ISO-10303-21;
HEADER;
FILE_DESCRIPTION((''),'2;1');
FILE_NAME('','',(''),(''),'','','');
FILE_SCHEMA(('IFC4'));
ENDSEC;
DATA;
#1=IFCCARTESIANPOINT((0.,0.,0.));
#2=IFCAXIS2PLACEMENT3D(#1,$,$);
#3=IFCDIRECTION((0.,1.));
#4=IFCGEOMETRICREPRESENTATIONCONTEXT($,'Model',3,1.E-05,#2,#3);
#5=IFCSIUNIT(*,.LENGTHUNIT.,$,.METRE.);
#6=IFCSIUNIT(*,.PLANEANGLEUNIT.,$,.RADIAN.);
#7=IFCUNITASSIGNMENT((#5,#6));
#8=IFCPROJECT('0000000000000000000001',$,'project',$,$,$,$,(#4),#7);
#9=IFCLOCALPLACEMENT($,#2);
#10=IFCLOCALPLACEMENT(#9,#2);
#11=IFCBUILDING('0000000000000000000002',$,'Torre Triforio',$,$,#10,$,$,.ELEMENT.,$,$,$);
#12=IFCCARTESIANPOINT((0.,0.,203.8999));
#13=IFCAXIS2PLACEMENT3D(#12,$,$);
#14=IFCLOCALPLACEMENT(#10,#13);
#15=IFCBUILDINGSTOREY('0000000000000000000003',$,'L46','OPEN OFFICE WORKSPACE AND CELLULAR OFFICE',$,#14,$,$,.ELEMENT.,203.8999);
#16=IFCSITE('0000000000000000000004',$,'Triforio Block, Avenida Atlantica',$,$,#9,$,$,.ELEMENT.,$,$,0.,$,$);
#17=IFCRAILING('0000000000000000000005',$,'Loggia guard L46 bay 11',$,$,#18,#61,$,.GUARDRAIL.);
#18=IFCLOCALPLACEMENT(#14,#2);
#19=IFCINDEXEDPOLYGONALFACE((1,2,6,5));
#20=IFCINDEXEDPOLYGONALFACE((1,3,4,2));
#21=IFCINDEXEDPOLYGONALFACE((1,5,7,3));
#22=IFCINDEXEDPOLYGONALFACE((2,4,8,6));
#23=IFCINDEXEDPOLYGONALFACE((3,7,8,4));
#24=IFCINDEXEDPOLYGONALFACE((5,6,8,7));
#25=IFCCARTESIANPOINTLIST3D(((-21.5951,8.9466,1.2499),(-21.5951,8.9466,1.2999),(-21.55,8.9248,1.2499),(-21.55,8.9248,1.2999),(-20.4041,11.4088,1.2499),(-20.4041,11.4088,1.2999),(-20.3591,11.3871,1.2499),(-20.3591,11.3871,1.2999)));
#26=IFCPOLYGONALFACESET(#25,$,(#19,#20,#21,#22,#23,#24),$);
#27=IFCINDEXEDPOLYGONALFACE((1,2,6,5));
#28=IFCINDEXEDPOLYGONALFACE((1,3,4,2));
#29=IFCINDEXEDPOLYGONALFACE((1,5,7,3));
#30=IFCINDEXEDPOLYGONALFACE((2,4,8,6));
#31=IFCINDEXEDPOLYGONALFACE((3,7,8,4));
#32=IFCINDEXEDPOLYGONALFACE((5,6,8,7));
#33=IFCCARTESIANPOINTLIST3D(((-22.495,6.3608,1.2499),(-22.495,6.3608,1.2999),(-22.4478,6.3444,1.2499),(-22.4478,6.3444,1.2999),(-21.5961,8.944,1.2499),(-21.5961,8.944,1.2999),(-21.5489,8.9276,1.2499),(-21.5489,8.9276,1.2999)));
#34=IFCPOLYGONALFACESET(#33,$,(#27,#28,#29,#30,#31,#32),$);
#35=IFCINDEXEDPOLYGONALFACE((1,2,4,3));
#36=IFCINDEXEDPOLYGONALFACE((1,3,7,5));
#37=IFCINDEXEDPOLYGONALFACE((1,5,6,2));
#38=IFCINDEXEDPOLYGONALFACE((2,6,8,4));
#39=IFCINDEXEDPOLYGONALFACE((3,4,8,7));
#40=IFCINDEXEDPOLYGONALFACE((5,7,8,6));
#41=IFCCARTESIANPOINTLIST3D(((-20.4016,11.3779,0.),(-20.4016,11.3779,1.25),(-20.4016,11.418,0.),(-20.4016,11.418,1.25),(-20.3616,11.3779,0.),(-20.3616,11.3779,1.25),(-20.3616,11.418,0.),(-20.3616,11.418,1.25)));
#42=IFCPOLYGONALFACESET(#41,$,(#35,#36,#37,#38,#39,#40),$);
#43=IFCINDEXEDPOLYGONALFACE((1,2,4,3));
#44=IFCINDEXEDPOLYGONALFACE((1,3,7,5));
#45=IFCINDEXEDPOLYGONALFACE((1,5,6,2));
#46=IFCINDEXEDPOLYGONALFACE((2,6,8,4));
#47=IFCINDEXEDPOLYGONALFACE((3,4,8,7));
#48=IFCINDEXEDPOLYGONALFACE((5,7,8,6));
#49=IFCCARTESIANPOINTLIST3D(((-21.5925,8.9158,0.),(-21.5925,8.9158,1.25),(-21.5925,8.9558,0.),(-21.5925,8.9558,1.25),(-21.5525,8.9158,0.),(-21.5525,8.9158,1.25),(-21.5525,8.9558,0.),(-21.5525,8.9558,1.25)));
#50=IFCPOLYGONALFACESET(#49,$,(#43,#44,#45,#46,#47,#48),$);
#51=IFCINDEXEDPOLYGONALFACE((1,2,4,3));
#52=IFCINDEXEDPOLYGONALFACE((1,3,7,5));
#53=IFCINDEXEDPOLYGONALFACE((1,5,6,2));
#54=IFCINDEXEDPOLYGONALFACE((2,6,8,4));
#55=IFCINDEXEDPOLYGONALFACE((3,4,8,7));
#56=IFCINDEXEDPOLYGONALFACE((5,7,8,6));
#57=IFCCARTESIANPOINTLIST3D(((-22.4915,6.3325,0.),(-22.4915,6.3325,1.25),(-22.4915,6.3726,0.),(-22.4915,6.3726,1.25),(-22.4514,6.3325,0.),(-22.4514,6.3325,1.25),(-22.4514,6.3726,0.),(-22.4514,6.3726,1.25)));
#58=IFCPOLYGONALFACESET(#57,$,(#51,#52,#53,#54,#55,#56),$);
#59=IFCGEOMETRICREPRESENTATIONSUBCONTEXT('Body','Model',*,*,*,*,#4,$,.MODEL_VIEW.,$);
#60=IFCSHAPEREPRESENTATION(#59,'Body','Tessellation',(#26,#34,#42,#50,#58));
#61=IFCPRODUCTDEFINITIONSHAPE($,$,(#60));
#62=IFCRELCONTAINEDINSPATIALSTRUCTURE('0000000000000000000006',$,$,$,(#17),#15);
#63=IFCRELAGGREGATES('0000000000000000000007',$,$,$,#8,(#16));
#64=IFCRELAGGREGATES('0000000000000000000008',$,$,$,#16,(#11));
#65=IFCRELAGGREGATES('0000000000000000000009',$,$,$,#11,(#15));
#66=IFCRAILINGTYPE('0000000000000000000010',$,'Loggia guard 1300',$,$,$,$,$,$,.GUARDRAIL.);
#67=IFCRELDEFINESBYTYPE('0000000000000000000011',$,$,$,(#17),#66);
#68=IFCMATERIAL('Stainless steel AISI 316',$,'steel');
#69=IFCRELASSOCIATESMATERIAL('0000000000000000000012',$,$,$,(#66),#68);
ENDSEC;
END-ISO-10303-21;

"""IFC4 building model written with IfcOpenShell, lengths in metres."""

from ifc_helpers import new_model, si_unit, direction, frame, origin, origin_2d, place, context, subcontext, project, spatial, rectangle, extrude, material, type_object, element, save


model = new_model("IFC4")

# Units and contexts
model_context = context("Model", 3, precision=1e-05, world=origin(), true_north=direction((0.0, 1.0)))
body_context = subcontext(model_context, "Body", "Model", "MODEL_VIEW")
ifc_project = project(units=[si_unit("LENGTHUNIT", "METRE"), si_unit("PLANEANGLEUNIT", "RADIAN")], contexts=[model_context])

# Site, building, storey
site_placement = place(None, origin())
site = spatial("IfcSite", under=ifc_project, at=site_placement, Name="Triforio Block, Avenida Atlantica", CompositionType="ELEMENT", RefElevation=0.0)
building_placement = place(site_placement, origin())
building = spatial("IfcBuilding", under=site, at=building_placement, Name="Torre Triforio", CompositionType="ELEMENT")
storey_placement = place(building_placement, frame((0.0, 0.0, 203.8999)))
storey = spatial("IfcBuildingStorey", under=building, at=storey_placement, Name="L46", Description="OPEN OFFICE WORKSPACE AND CELLULAR OFFICE", CompositionType="ELEMENT", Elevation=203.8999)

# Railing
ifc_material_1 = material(Name="Stainless steel AISI 316", Category="steel")
railing_type = type_object("IfcRailingType", Name="Loggia guard 1300", PredefinedType="GUARDRAIL", material=ifc_material_1)
railing_1_placement = place(storey_placement, frame((-20.3816, 11.3979, 0.0)))
element("IfcRailing", 1, at=railing_1_placement, inside=storey, type_object=railing_type, Name="Loggia guard L46 bay 11", PredefinedType="GUARDRAIL", context=body_context, shape_type="SweptSolid", body=[
    extrude(rectangle(XDim=0.05, YDim=0.05, at=origin_2d()), frame((0.0, 0.0, 1.2749), z_axis=(-0.435428, -0.900224, 0.0), x_axis=(0.900224, -0.435428, 0.0)), (0.0, 0.0, 1.0), 2.7351),
    extrude(rectangle(XDim=0.05, YDim=0.05, at=origin_2d()), frame((-1.1909, -2.4622, 1.2749), z_axis=(-0.328652, -0.944451, 0.0), x_axis=(0.944451, -0.328652, 0.0)), (0.0, 0.0, 1.0), 2.7351),
    extrude(rectangle(XDim=0.04, YDim=0.04, at=origin_2d()), origin(), (0.0, 0.0, 1.0), 1.25),
    extrude(rectangle(XDim=0.04, YDim=0.04, at=origin_2d()), frame((-1.1909, -2.4622, 0.0)), (0.0, 0.0, 1.0), 1.25),
    extrude(rectangle(XDim=0.04, YDim=0.04, at=origin_2d()), frame((-2.0898, -5.0454, 0.0)), (0.0, 0.0, 1.0), 1.25),
])

save(model, "model.ifc")
